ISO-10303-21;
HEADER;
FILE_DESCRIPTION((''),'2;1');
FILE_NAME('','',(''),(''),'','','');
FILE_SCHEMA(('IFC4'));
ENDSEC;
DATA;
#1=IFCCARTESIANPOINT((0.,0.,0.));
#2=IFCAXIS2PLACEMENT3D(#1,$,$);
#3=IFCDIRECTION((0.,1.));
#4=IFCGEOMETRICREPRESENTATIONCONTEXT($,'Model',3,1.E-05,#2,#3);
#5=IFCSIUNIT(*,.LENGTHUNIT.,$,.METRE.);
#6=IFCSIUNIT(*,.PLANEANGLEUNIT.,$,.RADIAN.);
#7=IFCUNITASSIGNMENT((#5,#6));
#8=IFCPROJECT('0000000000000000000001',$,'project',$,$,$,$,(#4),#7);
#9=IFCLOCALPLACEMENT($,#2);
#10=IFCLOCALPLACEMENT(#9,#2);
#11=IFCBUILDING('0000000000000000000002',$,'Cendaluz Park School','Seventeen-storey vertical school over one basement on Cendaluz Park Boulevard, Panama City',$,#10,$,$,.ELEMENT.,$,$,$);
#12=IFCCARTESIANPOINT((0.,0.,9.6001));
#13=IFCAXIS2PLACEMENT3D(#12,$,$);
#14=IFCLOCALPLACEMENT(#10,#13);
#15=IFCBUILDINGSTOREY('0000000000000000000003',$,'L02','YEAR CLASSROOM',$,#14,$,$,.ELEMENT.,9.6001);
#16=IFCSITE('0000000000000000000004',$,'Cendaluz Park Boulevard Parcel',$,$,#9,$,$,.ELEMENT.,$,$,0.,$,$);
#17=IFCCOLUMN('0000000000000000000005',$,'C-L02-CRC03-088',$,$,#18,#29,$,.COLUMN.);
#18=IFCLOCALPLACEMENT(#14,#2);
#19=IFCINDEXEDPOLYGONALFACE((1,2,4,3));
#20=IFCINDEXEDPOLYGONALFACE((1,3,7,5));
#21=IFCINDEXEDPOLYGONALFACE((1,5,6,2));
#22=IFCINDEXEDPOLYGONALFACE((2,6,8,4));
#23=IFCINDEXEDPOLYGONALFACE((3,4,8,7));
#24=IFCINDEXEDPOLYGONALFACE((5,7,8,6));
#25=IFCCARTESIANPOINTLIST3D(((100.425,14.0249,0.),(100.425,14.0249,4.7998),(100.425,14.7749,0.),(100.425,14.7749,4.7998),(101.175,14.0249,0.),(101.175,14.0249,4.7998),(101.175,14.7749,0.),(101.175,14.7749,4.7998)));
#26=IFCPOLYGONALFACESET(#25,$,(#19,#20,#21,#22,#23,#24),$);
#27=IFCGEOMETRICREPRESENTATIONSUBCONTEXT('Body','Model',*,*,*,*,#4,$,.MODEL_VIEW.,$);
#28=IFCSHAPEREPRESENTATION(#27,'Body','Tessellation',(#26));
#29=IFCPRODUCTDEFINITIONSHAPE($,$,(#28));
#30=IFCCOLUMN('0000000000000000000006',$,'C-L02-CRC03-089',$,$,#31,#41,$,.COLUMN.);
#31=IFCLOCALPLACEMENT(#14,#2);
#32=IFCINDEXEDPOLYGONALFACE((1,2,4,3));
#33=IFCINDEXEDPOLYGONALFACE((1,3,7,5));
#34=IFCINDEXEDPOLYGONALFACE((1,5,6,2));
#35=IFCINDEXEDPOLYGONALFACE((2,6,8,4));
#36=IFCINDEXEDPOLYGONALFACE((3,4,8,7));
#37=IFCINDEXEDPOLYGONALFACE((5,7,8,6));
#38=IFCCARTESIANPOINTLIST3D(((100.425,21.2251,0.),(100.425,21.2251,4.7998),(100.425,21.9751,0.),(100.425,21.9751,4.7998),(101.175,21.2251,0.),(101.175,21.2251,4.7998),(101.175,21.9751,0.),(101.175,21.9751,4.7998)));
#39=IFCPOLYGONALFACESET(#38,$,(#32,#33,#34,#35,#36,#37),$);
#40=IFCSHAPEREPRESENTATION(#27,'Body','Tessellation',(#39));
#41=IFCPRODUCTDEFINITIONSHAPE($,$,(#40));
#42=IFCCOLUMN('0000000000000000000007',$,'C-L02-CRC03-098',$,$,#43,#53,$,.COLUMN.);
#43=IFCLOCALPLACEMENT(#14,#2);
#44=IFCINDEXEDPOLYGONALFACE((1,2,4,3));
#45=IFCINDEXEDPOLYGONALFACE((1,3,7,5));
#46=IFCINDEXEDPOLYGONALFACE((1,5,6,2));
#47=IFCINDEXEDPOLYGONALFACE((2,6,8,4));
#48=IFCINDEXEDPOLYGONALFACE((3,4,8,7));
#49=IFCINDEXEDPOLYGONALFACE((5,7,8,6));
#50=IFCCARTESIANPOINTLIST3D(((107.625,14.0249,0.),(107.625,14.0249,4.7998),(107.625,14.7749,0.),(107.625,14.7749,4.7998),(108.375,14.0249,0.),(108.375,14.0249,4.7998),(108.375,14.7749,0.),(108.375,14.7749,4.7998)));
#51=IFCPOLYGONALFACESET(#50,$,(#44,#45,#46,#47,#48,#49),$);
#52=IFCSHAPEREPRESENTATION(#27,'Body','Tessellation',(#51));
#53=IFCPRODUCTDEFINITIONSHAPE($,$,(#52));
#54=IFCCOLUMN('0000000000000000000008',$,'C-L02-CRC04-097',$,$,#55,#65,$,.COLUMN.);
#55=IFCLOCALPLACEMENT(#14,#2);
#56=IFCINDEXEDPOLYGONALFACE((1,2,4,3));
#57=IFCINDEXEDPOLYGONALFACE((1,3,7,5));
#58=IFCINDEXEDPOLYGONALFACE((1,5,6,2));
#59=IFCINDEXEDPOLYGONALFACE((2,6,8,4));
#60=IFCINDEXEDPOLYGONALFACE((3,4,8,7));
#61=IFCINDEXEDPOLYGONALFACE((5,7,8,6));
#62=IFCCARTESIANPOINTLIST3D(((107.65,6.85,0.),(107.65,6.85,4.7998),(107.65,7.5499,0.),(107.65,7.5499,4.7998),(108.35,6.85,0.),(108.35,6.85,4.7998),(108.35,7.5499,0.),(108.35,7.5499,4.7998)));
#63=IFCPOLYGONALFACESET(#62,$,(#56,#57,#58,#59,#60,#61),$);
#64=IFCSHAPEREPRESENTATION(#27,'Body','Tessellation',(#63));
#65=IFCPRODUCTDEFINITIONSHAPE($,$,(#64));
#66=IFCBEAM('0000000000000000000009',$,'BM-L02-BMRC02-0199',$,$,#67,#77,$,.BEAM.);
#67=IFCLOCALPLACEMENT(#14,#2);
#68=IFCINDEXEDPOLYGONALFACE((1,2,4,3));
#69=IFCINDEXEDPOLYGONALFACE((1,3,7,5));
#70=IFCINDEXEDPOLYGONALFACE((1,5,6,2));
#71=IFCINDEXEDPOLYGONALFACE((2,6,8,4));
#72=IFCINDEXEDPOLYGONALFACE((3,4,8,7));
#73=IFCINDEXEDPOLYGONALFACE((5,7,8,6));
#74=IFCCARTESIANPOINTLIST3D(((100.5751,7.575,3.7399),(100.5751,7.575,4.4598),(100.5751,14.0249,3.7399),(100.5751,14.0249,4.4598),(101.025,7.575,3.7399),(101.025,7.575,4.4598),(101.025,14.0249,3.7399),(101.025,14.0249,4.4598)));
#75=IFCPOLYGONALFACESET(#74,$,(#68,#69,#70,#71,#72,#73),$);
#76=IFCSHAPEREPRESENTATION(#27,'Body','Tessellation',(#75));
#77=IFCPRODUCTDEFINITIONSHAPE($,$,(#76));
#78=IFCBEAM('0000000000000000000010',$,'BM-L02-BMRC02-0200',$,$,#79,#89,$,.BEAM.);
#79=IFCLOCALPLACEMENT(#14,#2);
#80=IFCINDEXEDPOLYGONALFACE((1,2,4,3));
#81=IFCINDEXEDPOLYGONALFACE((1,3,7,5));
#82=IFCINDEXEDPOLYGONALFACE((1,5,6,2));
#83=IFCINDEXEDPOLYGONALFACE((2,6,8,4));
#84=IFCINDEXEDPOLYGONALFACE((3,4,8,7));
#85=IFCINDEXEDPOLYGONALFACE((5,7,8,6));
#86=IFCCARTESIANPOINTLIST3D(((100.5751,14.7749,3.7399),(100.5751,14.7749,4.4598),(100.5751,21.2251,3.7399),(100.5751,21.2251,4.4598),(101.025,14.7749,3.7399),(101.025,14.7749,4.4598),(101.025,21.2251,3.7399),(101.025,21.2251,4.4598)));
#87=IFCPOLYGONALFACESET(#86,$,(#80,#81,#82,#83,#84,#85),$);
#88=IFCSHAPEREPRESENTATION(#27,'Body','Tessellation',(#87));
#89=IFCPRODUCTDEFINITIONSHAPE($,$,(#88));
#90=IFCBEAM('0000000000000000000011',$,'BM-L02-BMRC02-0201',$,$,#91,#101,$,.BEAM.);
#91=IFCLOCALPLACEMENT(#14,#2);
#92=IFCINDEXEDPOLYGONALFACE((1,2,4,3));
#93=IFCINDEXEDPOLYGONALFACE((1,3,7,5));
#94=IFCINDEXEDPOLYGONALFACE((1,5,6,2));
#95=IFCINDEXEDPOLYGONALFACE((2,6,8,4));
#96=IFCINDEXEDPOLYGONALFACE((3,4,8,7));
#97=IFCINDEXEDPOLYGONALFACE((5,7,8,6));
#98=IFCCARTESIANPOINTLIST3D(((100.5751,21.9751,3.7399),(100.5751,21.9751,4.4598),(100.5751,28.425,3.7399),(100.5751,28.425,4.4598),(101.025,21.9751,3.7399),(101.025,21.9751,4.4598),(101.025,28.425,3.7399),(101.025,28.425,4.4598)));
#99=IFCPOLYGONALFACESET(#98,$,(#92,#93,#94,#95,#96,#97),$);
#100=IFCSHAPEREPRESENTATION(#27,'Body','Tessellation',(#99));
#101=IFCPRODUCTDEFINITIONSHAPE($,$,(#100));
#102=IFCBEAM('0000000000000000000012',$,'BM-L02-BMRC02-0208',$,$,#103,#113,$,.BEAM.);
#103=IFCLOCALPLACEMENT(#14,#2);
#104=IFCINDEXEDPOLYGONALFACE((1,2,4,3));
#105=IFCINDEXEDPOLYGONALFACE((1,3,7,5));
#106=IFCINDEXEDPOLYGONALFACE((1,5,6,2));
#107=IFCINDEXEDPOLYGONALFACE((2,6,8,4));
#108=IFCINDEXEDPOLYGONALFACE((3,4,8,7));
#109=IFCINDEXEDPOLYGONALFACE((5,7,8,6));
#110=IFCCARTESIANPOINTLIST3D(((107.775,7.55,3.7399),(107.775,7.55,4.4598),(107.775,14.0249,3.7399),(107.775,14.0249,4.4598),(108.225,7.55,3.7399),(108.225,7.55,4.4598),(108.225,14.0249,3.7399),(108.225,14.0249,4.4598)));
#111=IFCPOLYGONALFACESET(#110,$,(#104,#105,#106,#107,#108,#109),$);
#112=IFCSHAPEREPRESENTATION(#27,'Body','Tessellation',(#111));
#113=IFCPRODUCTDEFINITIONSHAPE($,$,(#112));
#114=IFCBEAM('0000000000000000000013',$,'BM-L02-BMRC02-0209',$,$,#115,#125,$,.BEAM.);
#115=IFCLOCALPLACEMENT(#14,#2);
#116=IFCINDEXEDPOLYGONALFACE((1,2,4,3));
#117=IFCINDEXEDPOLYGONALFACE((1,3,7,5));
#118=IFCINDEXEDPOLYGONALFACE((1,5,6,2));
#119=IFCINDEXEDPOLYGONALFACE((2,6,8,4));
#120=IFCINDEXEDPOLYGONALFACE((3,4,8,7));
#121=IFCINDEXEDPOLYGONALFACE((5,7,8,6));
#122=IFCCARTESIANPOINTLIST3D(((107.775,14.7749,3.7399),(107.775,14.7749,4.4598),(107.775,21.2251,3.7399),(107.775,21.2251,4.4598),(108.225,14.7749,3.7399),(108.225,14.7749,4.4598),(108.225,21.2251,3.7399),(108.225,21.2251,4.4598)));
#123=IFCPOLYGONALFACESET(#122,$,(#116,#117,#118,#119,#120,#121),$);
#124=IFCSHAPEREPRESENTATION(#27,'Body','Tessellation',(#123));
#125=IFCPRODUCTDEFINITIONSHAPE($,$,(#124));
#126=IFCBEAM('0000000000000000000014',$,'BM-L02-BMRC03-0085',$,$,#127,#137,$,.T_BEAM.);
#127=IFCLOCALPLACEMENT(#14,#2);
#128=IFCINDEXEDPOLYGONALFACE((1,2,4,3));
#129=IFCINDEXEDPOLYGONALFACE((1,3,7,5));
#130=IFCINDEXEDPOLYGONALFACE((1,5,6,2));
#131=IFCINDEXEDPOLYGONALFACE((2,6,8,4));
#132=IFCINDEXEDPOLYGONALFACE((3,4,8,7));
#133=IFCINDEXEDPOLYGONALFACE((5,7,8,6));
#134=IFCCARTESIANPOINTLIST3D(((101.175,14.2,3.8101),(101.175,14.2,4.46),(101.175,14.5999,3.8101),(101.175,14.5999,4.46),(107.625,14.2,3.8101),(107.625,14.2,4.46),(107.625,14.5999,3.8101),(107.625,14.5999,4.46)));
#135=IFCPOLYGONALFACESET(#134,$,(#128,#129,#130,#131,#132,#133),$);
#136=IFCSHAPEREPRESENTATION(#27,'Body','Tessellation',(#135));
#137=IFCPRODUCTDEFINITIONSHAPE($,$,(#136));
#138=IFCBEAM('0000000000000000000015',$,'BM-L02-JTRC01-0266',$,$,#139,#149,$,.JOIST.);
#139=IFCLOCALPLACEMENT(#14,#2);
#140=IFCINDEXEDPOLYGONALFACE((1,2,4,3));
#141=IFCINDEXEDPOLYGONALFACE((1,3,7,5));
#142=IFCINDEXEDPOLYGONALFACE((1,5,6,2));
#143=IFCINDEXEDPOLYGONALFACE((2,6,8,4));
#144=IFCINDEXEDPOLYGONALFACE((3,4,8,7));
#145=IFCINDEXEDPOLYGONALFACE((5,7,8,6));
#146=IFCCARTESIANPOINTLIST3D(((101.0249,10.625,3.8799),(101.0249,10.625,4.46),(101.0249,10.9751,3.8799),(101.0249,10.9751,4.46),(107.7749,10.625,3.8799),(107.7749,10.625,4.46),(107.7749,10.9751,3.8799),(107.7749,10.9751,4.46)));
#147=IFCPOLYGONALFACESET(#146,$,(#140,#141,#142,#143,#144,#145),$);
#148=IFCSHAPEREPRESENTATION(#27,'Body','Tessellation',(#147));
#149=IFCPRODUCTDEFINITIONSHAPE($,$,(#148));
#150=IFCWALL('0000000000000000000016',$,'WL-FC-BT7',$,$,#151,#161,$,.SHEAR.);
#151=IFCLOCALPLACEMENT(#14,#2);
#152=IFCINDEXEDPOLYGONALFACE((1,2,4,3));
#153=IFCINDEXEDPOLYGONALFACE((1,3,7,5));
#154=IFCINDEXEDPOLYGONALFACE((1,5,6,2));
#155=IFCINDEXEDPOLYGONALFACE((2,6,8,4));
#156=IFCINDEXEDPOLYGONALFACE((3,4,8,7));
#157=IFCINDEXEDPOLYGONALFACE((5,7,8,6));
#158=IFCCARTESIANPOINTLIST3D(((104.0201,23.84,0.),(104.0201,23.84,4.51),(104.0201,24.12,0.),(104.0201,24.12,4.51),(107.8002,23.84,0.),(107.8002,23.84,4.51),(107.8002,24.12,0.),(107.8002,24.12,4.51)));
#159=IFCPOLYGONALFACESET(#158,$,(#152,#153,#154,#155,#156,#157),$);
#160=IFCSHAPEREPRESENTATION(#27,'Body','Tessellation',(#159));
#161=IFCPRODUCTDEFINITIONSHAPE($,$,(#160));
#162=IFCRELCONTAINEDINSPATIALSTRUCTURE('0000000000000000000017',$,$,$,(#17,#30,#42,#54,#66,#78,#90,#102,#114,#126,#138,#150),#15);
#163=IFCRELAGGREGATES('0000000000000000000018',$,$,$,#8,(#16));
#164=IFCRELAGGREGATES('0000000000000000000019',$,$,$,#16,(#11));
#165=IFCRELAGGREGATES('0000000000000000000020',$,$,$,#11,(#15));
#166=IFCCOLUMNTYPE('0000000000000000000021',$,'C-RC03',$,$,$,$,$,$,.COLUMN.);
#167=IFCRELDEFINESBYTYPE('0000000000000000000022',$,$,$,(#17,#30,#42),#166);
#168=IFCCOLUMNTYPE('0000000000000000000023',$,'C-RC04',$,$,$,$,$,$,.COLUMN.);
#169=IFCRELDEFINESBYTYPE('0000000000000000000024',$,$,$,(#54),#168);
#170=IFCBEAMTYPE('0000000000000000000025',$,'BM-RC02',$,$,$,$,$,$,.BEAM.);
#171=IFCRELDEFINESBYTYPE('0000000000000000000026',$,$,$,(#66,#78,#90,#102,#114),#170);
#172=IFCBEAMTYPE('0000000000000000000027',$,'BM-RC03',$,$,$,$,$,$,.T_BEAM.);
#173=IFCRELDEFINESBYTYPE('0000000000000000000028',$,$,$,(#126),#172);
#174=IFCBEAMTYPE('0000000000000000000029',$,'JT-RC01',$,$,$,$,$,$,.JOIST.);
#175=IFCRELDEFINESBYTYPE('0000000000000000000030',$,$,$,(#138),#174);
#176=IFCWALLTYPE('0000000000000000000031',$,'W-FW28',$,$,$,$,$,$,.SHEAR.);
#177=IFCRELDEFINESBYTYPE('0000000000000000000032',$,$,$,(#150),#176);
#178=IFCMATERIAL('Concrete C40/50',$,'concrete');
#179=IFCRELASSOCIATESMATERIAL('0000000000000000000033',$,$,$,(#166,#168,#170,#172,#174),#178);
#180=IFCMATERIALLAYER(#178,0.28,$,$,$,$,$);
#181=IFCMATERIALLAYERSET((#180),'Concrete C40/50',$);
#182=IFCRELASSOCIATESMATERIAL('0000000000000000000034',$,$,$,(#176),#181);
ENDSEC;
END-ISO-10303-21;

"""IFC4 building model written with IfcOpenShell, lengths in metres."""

from ifc_helpers import new_model, si_unit, direction, frame, frame_2d, origin, origin_2d, place, context, subcontext, project, spatial, rectangle, extrude, material, layer, layer_set, material_profile, profile_set, type_object, element, save


model = new_model("IFC4")

# Units and contexts
model_context = context("Model", 3, precision=1e-05, world=origin(), true_north=direction((0.0, 1.0)))
body_context = subcontext(model_context, "Body", "Model", "MODEL_VIEW")
ifc_project = project(units=[si_unit("LENGTHUNIT", "METRE"), si_unit("PLANEANGLEUNIT", "RADIAN")], contexts=[model_context])

# Site, building, storey
site_placement = place(None, origin())
site = spatial("IfcSite", under=ifc_project, at=site_placement, Name="Cendaluz Park Boulevard Parcel", CompositionType="ELEMENT", RefElevation=0.0)
building_placement = place(site_placement, origin())
building = spatial("IfcBuilding", under=site, at=building_placement, Name="Cendaluz Park School", Description="Seventeen-storey vertical school over one basement on Cendaluz Park Boulevard, Panama City", CompositionType="ELEMENT")
storey_placement = place(building_placement, frame((0.0, 0.0, 9.6001)))
storey = spatial("IfcBuildingStorey", under=building, at=storey_placement, Name="L02", Description="YEAR CLASSROOM", CompositionType="ELEMENT", Elevation=9.6001)

# Columns
ifc_material_1 = material(Name="Concrete C40/50", Category="concrete")
ifc_material_profile_1 = material_profile(ifc_material_1, rectangle(XDim=0.75, YDim=0.75, at=origin_2d()), Name="RC 750x750", Category="concrete")
ifc_profile_set_1 = profile_set([ifc_material_profile_1], Name="Concrete C40/50")
column_type_1 = type_object("IfcColumnType", Name="C-RC03", PredefinedType="COLUMN", material=ifc_profile_set_1)
for number, where, z_axis, x_axis, name in (
    (1, (100.8, 14.3999, 0.0), (0.0, 0.0, 1.0), (1.0, 0.0, 0.0), "C-L02-CRC03-088"),
    (2, (100.8, 21.6001, 0.0), (0.0, 0.0, 1.0), (1.0, 0.0, 0.0), "C-L02-CRC03-089"),
    (3, (108.0, 14.3999, 0.0), (0.0, 0.0, 1.0), (1.0, 0.0, 0.0), "C-L02-CRC03-098"),
):
    element("IfcColumn", number, at=place(storey_placement, frame(where, z_axis=z_axis, x_axis=x_axis)), inside=storey, type_object=column_type_1, Name=name, PredefinedType="COLUMN", context=body_context, shape_type="SweptSolid", body=[
        extrude(rectangle(XDim=0.75, YDim=0.75, at=origin_2d()), origin(), (0.0, 0.0, 1.0), 4.7998),
    ])
ifc_material_profile_2 = material_profile(ifc_material_1, rectangle(XDim=0.7, YDim=0.7, at=origin_2d()), Name="RC 700x700", Category="concrete")
ifc_profile_set_2 = profile_set([ifc_material_profile_2], Name="Concrete C40/50")
column_type_2 = type_object("IfcColumnType", Name="C-RC04", PredefinedType="COLUMN", material=ifc_profile_set_2)
column_placement = place(storey_placement, frame((108.0, 7.2, 0.0), z_axis=(0.0, 0.0, 1.0), x_axis=(1.0, 0.0, 0.0)))
element("IfcColumn", 4, at=column_placement, inside=storey, type_object=column_type_2, Name="C-L02-CRC04-097", PredefinedType="COLUMN", context=body_context, shape_type="SweptSolid", body=[
    extrude(rectangle(XDim=0.7, YDim=0.7, at=origin_2d()), origin(), (0.0, 0.0, 1.0), 4.7998),
])

# Beams
ifc_material_profile_3 = material_profile(ifc_material_1, rectangle(XDim=0.45, YDim=0.72, at=origin_2d()), Name="RC 450x720", Category="concrete")
ifc_profile_set_3 = profile_set([ifc_material_profile_3], Name="Concrete C40/50")
beam_type_1 = type_object("IfcBeamType", Name="BM-RC02", PredefinedType="BEAM", material=ifc_profile_set_3)
beam_1_placement = place(storey_placement, frame((100.8, 7.575, 4.0999), z_axis=(0.0, 1.0, 0.0), x_axis=(-1.0, 0.0, 0.0)))
element("IfcBeam", 5, at=beam_1_placement, inside=storey, type_object=beam_type_1, Name="BM-L02-BMRC02-0199", PredefinedType="BEAM", context=body_context, shape_type="SweptSolid", body=[
    extrude(rectangle(XDim=0.45, YDim=0.72, at=origin_2d()), origin(), (0.0, 0.0, 1.0), 6.45),
])
beam_2_placement = place(storey_placement, frame((100.8, 14.7749, 4.0999), z_axis=(0.0, 1.0, 0.0), x_axis=(-1.0, 0.0, 0.0)))
element("IfcBeam", 6, at=beam_2_placement, inside=storey, type_object=beam_type_1, Name="BM-L02-BMRC02-0200", PredefinedType="BEAM", context=body_context, shape_type="SweptSolid", body=[
    extrude(rectangle(XDim=0.45, YDim=0.72, at=origin_2d()), origin(), (0.0, 0.0, 1.0), 6.4502),
])
beam_3_placement = place(storey_placement, frame((100.8, 21.9751, 4.0999), z_axis=(0.0, 1.0, 0.0), x_axis=(-1.0, 0.0, 0.0)))
element("IfcBeam", 7, at=beam_3_placement, inside=storey, type_object=beam_type_1, Name="BM-L02-BMRC02-0201", PredefinedType="BEAM", context=body_context, shape_type="SweptSolid", body=[
    extrude(rectangle(XDim=0.45, YDim=0.72, at=origin_2d()), origin(), (0.0, 0.0, 1.0), 6.45),
])
beam_4_placement = place(storey_placement, frame((108.0, 7.55, 4.0999), z_axis=(0.0, 1.0, 0.0), x_axis=(-1.0, 0.0, 0.0)))
element("IfcBeam", 8, at=beam_4_placement, inside=storey, type_object=beam_type_1, Name="BM-L02-BMRC02-0208", PredefinedType="BEAM", context=body_context, shape_type="SweptSolid", body=[
    extrude(rectangle(XDim=0.45, YDim=0.72, at=origin_2d()), origin(), (0.0, 0.0, 1.0), 6.4749),
])
beam_5_placement = place(storey_placement, frame((108.0, 14.7749, 4.0999), z_axis=(0.0, 1.0, 0.0), x_axis=(-1.0, 0.0, 0.0)))
element("IfcBeam", 9, at=beam_5_placement, inside=storey, type_object=beam_type_1, Name="BM-L02-BMRC02-0209", PredefinedType="BEAM", context=body_context, shape_type="SweptSolid", body=[
    extrude(rectangle(XDim=0.45, YDim=0.72, at=origin_2d()), origin(), (0.0, 0.0, 1.0), 6.4502),
])
ifc_material_profile_4 = material_profile(ifc_material_1, rectangle(XDim=0.3999, YDim=0.6499, at=origin_2d()), Name="RC 400x650", Category="concrete")
ifc_profile_set_4 = profile_set([ifc_material_profile_4], Name="Concrete C40/50")
beam_type_2 = type_object("IfcBeamType", Name="BM-RC03", PredefinedType="T_BEAM", material=ifc_profile_set_4)
beam_6_placement = place(storey_placement, frame((101.175, 14.3999, 4.135), z_axis=(1.0, 0.0, 0.0), x_axis=(0.0, 1.0, 0.0)))
element("IfcBeam", 10, at=beam_6_placement, inside=storey, type_object=beam_type_2, Name="BM-L02-BMRC03-0085", PredefinedType="T_BEAM", context=body_context, shape_type="SweptSolid", body=[
    extrude(rectangle(XDim=0.3999, YDim=0.6499, at=origin_2d()), origin(), (0.0, 0.0, 1.0), 6.45),
])
ifc_material_profile_5 = material_profile(ifc_material_1, rectangle(XDim=0.3501, YDim=0.5801, at=origin_2d()), Name="RC 350x580", Category="concrete")
ifc_profile_set_5 = profile_set([ifc_material_profile_5], Name="Concrete C40/50")
beam_type_3 = type_object("IfcBeamType", Name="JT-RC01", PredefinedType="JOIST", material=ifc_profile_set_5)
beam_7_placement = place(storey_placement, frame((101.0249, 10.8, 4.1699), z_axis=(1.0, 0.0, 0.0), x_axis=(0.0, 1.0, 0.0)))
element("IfcBeam", 11, at=beam_7_placement, inside=storey, type_object=beam_type_3, Name="BM-L02-JTRC01-0266", PredefinedType="JOIST", context=body_context, shape_type="SweptSolid", body=[
    extrude(rectangle(XDim=0.3501, YDim=0.5801, at=origin_2d()), origin(), (0.0, 0.0, 1.0), 6.75),
])

# Shared definitions
ifc_layer_1 = layer(ifc_material_1, 0.28)
ifc_layer_set_1 = layer_set([ifc_layer_1], Name="Concrete C40/50")
wall_type_1 = type_object("IfcWallType", Name="W-FW28", PredefinedType="SHEAR", material=ifc_layer_set_1)

# Wall
wall_1_placement = place(storey_placement, frame((104.02, 23.98, 0.0), z_axis=(0.0, 0.0, 1.0), x_axis=(1.0, 0.0, 0.0)))
element("IfcWall", 12, at=wall_1_placement, inside=storey, type_object=wall_type_1, Name="WL-FC-BT7", PredefinedType="SHEAR", context=body_context, shape_type="SweptSolid", body=[
    extrude(rectangle(XDim=3.78, YDim=0.28, at=frame_2d((1.8901, 0.0))), origin(), (0.0, 0.0, 1.0), 4.51),
])

save(model, "model.ifc")
